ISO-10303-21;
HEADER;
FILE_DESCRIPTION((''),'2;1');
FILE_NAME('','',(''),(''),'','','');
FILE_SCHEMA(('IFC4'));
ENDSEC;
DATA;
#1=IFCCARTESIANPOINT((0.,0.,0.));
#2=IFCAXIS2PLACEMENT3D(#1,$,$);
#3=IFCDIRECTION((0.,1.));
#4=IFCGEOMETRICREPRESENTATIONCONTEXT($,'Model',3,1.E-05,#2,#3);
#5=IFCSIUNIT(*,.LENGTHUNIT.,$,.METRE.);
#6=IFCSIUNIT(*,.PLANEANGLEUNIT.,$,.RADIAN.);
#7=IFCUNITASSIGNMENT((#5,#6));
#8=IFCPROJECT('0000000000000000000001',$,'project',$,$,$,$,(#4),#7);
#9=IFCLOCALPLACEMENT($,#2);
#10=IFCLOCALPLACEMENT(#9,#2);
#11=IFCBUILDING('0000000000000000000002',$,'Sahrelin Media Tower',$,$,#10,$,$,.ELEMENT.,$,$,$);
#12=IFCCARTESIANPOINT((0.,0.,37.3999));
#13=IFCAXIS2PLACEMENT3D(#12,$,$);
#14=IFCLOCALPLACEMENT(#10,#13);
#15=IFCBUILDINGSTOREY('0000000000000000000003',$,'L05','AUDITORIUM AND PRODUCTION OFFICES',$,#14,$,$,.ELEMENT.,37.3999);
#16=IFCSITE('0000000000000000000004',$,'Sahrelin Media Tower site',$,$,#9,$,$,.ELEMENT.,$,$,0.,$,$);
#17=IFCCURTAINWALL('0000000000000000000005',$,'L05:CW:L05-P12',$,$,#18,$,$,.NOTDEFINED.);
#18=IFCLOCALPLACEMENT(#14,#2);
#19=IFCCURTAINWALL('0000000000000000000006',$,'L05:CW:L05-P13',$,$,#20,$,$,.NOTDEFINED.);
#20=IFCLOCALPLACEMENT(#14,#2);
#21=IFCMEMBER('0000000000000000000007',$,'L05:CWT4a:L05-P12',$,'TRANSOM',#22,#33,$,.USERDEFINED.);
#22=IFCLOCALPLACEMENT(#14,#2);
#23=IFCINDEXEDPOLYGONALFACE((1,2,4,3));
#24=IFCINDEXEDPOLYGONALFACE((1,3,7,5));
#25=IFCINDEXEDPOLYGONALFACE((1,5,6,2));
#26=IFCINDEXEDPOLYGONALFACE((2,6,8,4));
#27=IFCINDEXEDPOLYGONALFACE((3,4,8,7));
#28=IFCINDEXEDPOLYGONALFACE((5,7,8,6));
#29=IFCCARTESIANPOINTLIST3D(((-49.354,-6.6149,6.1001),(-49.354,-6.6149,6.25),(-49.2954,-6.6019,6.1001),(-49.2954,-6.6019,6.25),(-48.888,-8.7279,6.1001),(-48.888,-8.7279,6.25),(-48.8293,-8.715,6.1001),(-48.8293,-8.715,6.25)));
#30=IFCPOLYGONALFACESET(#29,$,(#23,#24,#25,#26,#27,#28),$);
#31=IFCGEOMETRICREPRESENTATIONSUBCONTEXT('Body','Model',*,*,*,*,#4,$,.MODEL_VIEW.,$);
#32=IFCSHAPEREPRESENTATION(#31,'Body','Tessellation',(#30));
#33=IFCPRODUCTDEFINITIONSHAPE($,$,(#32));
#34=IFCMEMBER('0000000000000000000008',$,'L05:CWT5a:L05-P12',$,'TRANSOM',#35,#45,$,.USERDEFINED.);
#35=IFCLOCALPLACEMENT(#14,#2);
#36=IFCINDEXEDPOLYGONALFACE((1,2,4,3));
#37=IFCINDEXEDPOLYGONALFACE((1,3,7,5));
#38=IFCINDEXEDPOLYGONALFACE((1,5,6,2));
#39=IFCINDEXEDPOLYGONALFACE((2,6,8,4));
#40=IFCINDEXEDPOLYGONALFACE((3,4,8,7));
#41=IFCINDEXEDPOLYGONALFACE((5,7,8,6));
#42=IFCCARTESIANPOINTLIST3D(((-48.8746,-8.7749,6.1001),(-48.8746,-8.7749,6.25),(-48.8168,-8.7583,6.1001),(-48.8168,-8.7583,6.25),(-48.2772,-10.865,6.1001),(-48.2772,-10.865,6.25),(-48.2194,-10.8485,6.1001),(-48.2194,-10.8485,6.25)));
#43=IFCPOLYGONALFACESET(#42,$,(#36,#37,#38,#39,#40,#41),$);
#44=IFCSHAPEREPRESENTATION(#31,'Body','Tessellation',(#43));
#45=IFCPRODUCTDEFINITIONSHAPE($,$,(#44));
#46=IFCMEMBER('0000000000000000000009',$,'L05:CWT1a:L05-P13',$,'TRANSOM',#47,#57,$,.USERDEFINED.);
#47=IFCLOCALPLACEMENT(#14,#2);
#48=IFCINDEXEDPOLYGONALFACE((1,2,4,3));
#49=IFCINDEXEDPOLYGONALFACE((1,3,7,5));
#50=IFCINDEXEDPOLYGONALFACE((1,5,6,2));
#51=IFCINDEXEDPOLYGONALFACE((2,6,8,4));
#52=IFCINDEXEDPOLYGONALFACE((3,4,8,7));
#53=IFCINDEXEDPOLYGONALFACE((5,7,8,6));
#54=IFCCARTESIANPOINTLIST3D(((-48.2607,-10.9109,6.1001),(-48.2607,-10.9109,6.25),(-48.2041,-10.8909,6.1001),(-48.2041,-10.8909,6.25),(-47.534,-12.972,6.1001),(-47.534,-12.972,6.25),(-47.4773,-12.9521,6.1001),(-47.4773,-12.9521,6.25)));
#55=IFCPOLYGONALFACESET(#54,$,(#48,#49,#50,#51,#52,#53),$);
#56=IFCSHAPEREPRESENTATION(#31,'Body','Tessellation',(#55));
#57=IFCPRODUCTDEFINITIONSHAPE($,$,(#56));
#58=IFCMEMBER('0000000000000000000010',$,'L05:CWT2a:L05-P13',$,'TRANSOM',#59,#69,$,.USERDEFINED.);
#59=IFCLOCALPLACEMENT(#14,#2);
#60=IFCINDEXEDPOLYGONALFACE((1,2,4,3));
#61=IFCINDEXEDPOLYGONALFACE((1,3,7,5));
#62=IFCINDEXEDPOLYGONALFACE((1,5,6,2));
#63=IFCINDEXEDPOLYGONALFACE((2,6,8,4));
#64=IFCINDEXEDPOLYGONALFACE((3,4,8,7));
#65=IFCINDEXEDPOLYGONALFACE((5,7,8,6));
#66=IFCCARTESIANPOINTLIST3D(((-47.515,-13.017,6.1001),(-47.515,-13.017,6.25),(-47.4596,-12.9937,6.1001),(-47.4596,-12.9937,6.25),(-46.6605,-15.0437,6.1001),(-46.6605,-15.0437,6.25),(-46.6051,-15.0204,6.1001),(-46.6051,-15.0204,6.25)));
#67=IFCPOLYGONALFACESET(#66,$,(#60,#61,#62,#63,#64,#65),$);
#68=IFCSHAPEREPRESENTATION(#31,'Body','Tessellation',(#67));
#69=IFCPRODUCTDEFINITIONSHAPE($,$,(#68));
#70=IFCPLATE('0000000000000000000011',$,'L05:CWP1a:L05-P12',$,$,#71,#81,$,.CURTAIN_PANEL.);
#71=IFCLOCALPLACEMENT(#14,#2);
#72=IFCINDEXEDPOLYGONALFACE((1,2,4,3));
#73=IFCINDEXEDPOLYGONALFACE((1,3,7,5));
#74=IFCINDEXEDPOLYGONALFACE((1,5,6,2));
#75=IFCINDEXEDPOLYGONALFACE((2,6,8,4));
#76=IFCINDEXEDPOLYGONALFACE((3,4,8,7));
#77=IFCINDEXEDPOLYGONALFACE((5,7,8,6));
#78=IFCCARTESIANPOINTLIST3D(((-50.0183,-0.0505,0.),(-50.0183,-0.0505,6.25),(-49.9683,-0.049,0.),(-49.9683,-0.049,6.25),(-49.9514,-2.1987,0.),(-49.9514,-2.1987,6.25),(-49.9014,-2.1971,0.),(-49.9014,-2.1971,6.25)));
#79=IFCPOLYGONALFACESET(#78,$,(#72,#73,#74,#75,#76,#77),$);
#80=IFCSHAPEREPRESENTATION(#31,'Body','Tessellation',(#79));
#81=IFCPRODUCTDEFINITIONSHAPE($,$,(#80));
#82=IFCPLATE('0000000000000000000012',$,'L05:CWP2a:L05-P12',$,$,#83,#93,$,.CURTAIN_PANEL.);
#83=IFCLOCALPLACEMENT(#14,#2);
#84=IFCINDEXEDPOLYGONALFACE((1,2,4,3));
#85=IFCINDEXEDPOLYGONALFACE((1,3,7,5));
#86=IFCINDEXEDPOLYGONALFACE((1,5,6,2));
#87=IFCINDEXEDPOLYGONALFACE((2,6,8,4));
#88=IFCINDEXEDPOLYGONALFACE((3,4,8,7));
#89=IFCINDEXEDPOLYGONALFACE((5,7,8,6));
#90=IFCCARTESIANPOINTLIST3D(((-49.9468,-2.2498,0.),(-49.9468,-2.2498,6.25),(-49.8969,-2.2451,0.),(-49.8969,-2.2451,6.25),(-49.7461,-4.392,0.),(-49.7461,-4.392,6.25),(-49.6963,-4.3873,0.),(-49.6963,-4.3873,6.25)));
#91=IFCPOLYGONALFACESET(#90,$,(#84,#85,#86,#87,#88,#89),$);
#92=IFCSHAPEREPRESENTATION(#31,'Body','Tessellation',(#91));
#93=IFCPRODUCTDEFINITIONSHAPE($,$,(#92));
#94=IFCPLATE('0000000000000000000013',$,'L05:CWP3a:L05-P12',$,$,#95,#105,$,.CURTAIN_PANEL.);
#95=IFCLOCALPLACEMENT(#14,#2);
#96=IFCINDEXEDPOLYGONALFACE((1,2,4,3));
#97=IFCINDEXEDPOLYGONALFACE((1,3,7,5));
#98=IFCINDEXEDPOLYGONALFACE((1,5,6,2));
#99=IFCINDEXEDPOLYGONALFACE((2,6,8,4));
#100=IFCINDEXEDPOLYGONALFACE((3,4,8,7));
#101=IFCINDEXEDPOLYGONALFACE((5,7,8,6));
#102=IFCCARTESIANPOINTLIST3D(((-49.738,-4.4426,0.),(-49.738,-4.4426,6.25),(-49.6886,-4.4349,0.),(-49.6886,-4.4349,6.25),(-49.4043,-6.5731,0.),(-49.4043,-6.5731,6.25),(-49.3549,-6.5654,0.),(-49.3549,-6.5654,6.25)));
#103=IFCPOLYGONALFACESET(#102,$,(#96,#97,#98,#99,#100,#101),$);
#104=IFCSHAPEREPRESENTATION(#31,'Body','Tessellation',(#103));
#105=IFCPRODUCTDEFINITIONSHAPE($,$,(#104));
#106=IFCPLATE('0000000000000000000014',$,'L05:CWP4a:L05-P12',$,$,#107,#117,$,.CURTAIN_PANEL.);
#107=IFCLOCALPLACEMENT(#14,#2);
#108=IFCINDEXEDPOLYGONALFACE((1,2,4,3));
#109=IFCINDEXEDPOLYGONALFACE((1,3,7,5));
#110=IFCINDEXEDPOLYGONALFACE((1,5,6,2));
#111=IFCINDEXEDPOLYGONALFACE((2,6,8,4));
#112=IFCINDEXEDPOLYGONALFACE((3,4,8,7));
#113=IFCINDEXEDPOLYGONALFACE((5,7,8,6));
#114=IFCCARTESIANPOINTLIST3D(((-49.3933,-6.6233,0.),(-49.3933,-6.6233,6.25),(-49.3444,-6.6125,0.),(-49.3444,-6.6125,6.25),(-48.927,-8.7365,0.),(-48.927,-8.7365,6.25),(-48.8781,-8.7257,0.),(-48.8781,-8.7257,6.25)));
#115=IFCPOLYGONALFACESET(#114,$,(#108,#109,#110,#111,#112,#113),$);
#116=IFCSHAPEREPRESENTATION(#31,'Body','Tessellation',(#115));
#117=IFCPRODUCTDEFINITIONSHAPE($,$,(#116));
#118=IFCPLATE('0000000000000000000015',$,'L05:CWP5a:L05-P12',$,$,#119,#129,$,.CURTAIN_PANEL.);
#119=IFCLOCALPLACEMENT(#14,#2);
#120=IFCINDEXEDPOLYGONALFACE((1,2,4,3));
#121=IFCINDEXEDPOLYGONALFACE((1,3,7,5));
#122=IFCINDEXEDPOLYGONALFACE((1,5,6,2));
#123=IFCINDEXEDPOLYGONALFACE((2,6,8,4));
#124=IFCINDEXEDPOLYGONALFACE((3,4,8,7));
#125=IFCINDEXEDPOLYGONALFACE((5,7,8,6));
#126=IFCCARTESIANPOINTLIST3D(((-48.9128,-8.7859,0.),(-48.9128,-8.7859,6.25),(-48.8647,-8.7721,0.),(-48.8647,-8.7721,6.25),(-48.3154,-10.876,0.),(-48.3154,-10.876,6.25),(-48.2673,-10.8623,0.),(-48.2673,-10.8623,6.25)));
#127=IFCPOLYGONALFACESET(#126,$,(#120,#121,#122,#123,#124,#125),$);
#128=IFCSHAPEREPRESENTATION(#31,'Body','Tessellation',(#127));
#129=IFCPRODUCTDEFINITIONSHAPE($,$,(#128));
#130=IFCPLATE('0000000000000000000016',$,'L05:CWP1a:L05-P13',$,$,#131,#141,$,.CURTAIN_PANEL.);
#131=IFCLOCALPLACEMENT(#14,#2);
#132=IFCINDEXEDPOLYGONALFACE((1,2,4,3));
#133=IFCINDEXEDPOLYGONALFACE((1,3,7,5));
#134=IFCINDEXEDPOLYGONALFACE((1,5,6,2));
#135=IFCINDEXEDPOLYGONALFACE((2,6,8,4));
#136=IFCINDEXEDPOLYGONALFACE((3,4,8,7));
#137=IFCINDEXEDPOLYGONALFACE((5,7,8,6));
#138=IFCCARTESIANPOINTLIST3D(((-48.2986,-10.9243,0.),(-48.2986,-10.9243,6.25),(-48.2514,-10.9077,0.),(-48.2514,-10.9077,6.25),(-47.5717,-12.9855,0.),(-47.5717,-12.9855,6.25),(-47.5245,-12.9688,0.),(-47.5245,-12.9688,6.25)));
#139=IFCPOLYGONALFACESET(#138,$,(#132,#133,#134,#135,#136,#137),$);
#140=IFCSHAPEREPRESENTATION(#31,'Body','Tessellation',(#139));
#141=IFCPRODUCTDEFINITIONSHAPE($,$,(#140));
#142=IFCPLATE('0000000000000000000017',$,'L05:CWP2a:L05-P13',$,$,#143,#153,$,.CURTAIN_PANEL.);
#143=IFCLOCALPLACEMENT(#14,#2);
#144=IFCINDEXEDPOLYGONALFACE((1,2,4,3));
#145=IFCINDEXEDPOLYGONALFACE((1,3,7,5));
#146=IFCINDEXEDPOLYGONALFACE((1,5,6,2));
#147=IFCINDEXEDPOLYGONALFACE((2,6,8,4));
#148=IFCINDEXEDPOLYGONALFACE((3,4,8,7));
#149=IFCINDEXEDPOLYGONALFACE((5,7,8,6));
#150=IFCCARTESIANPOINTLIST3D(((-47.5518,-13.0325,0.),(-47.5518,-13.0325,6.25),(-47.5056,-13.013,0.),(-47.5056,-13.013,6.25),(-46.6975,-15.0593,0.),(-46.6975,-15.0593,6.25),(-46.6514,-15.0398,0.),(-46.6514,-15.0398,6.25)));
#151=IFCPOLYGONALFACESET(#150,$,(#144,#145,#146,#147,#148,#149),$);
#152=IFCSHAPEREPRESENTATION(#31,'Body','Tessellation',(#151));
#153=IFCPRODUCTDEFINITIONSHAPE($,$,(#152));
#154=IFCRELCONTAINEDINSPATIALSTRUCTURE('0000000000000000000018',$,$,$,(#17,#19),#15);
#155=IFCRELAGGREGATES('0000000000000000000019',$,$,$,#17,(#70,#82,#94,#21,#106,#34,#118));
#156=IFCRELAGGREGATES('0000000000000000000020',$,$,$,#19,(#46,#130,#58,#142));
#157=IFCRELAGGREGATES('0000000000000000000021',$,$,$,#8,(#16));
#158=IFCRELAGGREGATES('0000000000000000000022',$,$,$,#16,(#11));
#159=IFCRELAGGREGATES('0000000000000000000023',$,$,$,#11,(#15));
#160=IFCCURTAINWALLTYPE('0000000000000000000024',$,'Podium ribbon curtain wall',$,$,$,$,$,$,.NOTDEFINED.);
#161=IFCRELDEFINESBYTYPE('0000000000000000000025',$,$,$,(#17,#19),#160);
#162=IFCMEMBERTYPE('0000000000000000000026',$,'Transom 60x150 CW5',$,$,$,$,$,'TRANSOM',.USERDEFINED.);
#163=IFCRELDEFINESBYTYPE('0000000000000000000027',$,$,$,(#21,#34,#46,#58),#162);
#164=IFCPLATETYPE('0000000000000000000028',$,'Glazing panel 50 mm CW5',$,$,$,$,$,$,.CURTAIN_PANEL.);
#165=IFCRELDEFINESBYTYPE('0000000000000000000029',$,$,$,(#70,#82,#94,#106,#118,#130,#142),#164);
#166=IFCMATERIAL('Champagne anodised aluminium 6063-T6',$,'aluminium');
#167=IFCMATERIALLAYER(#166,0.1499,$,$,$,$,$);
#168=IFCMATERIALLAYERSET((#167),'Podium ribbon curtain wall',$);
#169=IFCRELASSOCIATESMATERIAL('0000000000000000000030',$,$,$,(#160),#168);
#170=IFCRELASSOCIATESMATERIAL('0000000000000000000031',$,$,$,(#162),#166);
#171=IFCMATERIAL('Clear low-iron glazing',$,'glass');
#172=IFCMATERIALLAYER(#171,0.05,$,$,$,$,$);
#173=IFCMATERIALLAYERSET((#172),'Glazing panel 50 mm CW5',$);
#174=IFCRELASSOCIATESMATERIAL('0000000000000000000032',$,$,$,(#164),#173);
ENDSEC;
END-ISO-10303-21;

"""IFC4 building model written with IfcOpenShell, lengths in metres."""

from ifc_helpers import new_model, si_unit, direction, frame, origin, origin_2d, place, context, subcontext, project, spatial, polyline, rectangle, outline, extrude, material, layer, layer_set, material_profile, profile_set, type_object, element, aggregate, save


model = new_model("IFC4")

# Units and contexts
model_context = context("Model", 3, precision=1e-05, world=origin(), true_north=direction((0.0, 1.0)))
body_context = subcontext(model_context, "Body", "Model", "MODEL_VIEW")
ifc_project = project(units=[si_unit("LENGTHUNIT", "METRE"), si_unit("PLANEANGLEUNIT", "RADIAN")], contexts=[model_context])

# Site, building, storey
site_placement = place(None, origin())
site = spatial("IfcSite", under=ifc_project, at=site_placement, Name="Sahrelin Media Tower site", CompositionType="ELEMENT", RefElevation=0.0)
building_placement = place(site_placement, origin())
building = spatial("IfcBuilding", under=site, at=building_placement, Name="Sahrelin Media Tower", CompositionType="ELEMENT")
storey_placement = place(building_placement, frame((0.0, 0.0, 37.3999)))
storey = spatial("IfcBuildingStorey", under=building, at=storey_placement, Name="L05", Description="AUDITORIUM AND PRODUCTION OFFICES", CompositionType="ELEMENT", Elevation=37.3999)

# Curtain walls
ifc_material_1 = material(Name="Champagne anodised aluminium 6063-T6", Category="aluminium")
ifc_layer_1 = layer(ifc_material_1, 0.1499)
ifc_layer_set_1 = layer_set([ifc_layer_1], Name="Podium ribbon curtain wall")
curtain_wall_type = type_object("IfcCurtainWallType", Name="Podium ribbon curtain wall", PredefinedType="NOTDEFINED", material=ifc_layer_set_1)
curtain_wall_1_placement = place(storey_placement, frame((-50.0, 0.0, 0.0), z_axis=(0.0, 0.0, 1.0), x_axis=(1.0, 0.0, 0.0)))
curtain_wall_1 = element("IfcCurtainWall", 1, at=curtain_wall_1_placement, inside=storey, type_object=curtain_wall_type, Name="L05:CW:L05-P12", PredefinedType="NOTDEFINED")
curtain_wall_2_placement = place(storey_placement, frame((-48.2964, -10.8704, 0.0), z_axis=(0.0, 0.0, 1.0), x_axis=(1.0, 0.0, 0.0)))
curtain_wall_2 = element("IfcCurtainWall", 2, at=curtain_wall_2_placement, inside=storey, type_object=curtain_wall_type, Name="L05:CW:L05-P13", PredefinedType="NOTDEFINED")

# Members
ifc_material_profile_1 = material_profile(ifc_material_1, rectangle(XDim=0.0601, YDim=0.1499, at=origin_2d()), Name="Transom 60x150")
ifc_profile_set_1 = profile_set([ifc_material_profile_1], Name="Champagne anodised aluminium 6063-T6")
member_type_1 = type_object("IfcMemberType", Name="Transom 60x150 CW5", ElementType="TRANSOM", PredefinedType="USERDEFINED", material=ifc_profile_set_1)
member_1_placement = place(storey_placement, frame((-49.3247, -6.6084, 6.175), z_axis=(0.215389, -0.976528, 0.0), x_axis=(0.976528, 0.215389, 0.0)))
member_1 = element("IfcMember", 3, at=member_1_placement, type_object=member_type_1, Name="L05:CWT4a:L05-P12", ObjectType="TRANSOM", PredefinedType="USERDEFINED", context=body_context, shape_type="SweptSolid", body=[
    extrude(rectangle(XDim=0.0601, YDim=0.1499, at=origin_2d()), origin(), (0.0, 0.0, 1.0), 2.1638),
])
member_2_placement = place(storey_placement, frame((-48.8457, -8.7666, 6.175), z_axis=(0.274825, -0.961494, 0.0), x_axis=(0.961494, 0.274825, 0.0)))
member_2 = element("IfcMember", 4, at=member_2_placement, type_object=member_type_1, Name="L05:CWT5a:L05-P12", ObjectType="TRANSOM", PredefinedType="USERDEFINED", context=body_context, shape_type="SweptSolid", body=[
    extrude(rectangle(XDim=0.0601, YDim=0.1499, at=origin_2d()), origin(), (0.0, 0.0, 1.0), 2.1738),
])
member_3_placement = place(storey_placement, frame((-48.2324, -10.9009, 6.175), z_axis=(0.332534, -0.943091, 0.0), x_axis=(0.943091, 0.332534, 0.0)))
member_3 = element("IfcMember", 5, at=member_3_placement, type_object=member_type_1, Name="L05:CWT1a:L05-P13", ObjectType="TRANSOM", PredefinedType="USERDEFINED", context=body_context, shape_type="SweptSolid", body=[
    extrude(rectangle(XDim=0.0601, YDim=0.1499, at=origin_2d()), origin(), (0.0, 0.0, 1.0), 2.1855),
])
member_4_placement = place(storey_placement, frame((-47.4873, -13.0054, 6.175), z_axis=(0.388514, -0.921443, 0.0), x_axis=(0.921443, 0.388514, 0.0)))
member_4 = element("IfcMember", 6, at=member_4_placement, type_object=member_type_1, Name="L05:CWT2a:L05-P13", ObjectType="TRANSOM", PredefinedType="USERDEFINED", context=body_context, shape_type="SweptSolid", body=[
    extrude(rectangle(XDim=0.0601, YDim=0.1499, at=origin_2d()), origin(), (0.0, 0.0, 1.0), 2.1995),
])

# Plates
ifc_material_2 = material(Name="Clear low-iron glazing", Category="glass")
ifc_layer_2 = layer(ifc_material_2, 0.05)
ifc_layer_set_2 = layer_set([ifc_layer_2], Name="Glazing panel 50 mm CW5")
plate_type = type_object("IfcPlateType", Name="Glazing panel 50 mm CW5", PredefinedType="CURTAIN_PANEL", material=ifc_layer_set_2)
plate_1_placement = place(storey_placement, frame((-50.0183, -0.0505, 0.0), z_axis=(-0.999516, -0.031125, 0.0), x_axis=(0.031125, -0.999516, 0.0)))
plate_1 = element("IfcPlate", 7, at=plate_1_placement, type_object=plate_type, Name="L05:CWP1a:L05-P12", PredefinedType="CURTAIN_PANEL", context=body_context, shape_type="SweptSolid", body=[
    extrude(outline(polyline([(0.0, 0.0), (2.1492, 0.0), (2.1492, 6.25), (0.0, 6.25), (0.0, 0.0)])), origin(), (0.0, 0.0, -1.0), 0.05),
])
plate_2_placement = place(storey_placement, frame((-49.9468, -2.2498, 0.0), z_axis=(-0.995641, -0.093267, 0.0), x_axis=(0.093267, -0.995641, 0.0)))
plate_2 = element("IfcPlate", 8, at=plate_2_placement, type_object=plate_type, Name="L05:CWP2a:L05-P12", PredefinedType="CURTAIN_PANEL", context=body_context, shape_type="SweptSolid", body=[
    extrude(outline(polyline([(0.0, 0.0), (2.1516, 0.0), (2.1516, 6.25), (0.0, 6.25), (0.0, 0.0)])), origin(), (0.0, 0.0, -1.0), 0.05),
])
plate_3_placement = place(storey_placement, frame((-49.738, -4.4426, 0.0), z_axis=(-0.987953, -0.154753, 0.0), x_axis=(0.154753, -0.987953, 0.0)))
plate_3 = element("IfcPlate", 9, at=plate_3_placement, type_object=plate_type, Name="L05:CWP3a:L05-P12", PredefinedType="CURTAIN_PANEL", context=body_context, shape_type="SweptSolid", body=[
    extrude(outline(polyline([(0.0, 0.0), (2.1565, 0.0), (2.1565, 6.25), (0.0, 6.25), (0.0, 0.0)])), origin(), (0.0, 0.0, -1.0), 0.05),
])
plate_4_placement = place(storey_placement, frame((-49.3933, -6.6233, 0.0), z_axis=(-0.97651, -0.215473, 0.0), x_axis=(0.215473, -0.97651, 0.0)))
plate_4 = element("IfcPlate", 10, at=plate_4_placement, type_object=plate_type, Name="L05:CWP4a:L05-P12", PredefinedType="CURTAIN_PANEL", context=body_context, shape_type="SweptSolid", body=[
    extrude(outline(polyline([(0.0, 0.0), (2.1641, 0.0), (2.1641, 6.25), (0.0, 6.25), (0.0, 0.0)])), origin(), (0.0, 0.0, -1.0), 0.05),
])
plate_5_placement = place(storey_placement, frame((-48.9128, -8.7859, 0.0), z_axis=(-0.961494, -0.274825, 0.0), x_axis=(0.274825, -0.961494, 0.0)))
plate_5 = element("IfcPlate", 11, at=plate_5_placement, type_object=plate_type, Name="L05:CWP5a:L05-P12", PredefinedType="CURTAIN_PANEL", context=body_context, shape_type="SweptSolid", body=[
    extrude(outline(polyline([(0.0, 0.0), (2.1738, 0.0), (2.1738, 6.25), (0.0, 6.25), (0.0, 0.0)])), origin(), (0.0, 0.0, -1.0), 0.05),
])
aggregate(curtain_wall_1, [plate_1, plate_2, plate_3, member_1, plate_4, member_2, plate_5])
plate_6_placement = place(storey_placement, frame((-48.2986, -10.9243, 0.0), z_axis=(-0.943079, -0.332569, 0.0), x_axis=(0.332569, -0.943079, 0.0)))
plate_6 = element("IfcPlate", 12, at=plate_6_placement, type_object=plate_type, Name="L05:CWP1a:L05-P13", PredefinedType="CURTAIN_PANEL", context=body_context, shape_type="SweptSolid", body=[
    extrude(outline(polyline([(0.0, 0.0), (2.1855, 0.0), (2.1855, 6.25), (0.0, 6.25), (0.0, 0.0)])), origin(), (0.0, 0.0, -1.0), 0.05),
])
plate_7_placement = place(storey_placement, frame((-47.5518, -13.0325, 0.0), z_axis=(-0.9215, -0.38838, 0.0), x_axis=(0.38838, -0.9215, 0.0)))
plate_7 = element("IfcPlate", 13, at=plate_7_placement, type_object=plate_type, Name="L05:CWP2a:L05-P13", PredefinedType="CURTAIN_PANEL", context=body_context, shape_type="SweptSolid", body=[
    extrude(outline(polyline([(0.0, 0.0), (2.1995, 0.0), (2.1995, 6.25), (0.0, 6.25), (0.0, 0.0)])), origin(), (0.0, 0.0, -1.0), 0.05),
])
aggregate(curtain_wall_2, [member_3, plate_6, member_4, plate_7])

save(model, "model.ifc")
